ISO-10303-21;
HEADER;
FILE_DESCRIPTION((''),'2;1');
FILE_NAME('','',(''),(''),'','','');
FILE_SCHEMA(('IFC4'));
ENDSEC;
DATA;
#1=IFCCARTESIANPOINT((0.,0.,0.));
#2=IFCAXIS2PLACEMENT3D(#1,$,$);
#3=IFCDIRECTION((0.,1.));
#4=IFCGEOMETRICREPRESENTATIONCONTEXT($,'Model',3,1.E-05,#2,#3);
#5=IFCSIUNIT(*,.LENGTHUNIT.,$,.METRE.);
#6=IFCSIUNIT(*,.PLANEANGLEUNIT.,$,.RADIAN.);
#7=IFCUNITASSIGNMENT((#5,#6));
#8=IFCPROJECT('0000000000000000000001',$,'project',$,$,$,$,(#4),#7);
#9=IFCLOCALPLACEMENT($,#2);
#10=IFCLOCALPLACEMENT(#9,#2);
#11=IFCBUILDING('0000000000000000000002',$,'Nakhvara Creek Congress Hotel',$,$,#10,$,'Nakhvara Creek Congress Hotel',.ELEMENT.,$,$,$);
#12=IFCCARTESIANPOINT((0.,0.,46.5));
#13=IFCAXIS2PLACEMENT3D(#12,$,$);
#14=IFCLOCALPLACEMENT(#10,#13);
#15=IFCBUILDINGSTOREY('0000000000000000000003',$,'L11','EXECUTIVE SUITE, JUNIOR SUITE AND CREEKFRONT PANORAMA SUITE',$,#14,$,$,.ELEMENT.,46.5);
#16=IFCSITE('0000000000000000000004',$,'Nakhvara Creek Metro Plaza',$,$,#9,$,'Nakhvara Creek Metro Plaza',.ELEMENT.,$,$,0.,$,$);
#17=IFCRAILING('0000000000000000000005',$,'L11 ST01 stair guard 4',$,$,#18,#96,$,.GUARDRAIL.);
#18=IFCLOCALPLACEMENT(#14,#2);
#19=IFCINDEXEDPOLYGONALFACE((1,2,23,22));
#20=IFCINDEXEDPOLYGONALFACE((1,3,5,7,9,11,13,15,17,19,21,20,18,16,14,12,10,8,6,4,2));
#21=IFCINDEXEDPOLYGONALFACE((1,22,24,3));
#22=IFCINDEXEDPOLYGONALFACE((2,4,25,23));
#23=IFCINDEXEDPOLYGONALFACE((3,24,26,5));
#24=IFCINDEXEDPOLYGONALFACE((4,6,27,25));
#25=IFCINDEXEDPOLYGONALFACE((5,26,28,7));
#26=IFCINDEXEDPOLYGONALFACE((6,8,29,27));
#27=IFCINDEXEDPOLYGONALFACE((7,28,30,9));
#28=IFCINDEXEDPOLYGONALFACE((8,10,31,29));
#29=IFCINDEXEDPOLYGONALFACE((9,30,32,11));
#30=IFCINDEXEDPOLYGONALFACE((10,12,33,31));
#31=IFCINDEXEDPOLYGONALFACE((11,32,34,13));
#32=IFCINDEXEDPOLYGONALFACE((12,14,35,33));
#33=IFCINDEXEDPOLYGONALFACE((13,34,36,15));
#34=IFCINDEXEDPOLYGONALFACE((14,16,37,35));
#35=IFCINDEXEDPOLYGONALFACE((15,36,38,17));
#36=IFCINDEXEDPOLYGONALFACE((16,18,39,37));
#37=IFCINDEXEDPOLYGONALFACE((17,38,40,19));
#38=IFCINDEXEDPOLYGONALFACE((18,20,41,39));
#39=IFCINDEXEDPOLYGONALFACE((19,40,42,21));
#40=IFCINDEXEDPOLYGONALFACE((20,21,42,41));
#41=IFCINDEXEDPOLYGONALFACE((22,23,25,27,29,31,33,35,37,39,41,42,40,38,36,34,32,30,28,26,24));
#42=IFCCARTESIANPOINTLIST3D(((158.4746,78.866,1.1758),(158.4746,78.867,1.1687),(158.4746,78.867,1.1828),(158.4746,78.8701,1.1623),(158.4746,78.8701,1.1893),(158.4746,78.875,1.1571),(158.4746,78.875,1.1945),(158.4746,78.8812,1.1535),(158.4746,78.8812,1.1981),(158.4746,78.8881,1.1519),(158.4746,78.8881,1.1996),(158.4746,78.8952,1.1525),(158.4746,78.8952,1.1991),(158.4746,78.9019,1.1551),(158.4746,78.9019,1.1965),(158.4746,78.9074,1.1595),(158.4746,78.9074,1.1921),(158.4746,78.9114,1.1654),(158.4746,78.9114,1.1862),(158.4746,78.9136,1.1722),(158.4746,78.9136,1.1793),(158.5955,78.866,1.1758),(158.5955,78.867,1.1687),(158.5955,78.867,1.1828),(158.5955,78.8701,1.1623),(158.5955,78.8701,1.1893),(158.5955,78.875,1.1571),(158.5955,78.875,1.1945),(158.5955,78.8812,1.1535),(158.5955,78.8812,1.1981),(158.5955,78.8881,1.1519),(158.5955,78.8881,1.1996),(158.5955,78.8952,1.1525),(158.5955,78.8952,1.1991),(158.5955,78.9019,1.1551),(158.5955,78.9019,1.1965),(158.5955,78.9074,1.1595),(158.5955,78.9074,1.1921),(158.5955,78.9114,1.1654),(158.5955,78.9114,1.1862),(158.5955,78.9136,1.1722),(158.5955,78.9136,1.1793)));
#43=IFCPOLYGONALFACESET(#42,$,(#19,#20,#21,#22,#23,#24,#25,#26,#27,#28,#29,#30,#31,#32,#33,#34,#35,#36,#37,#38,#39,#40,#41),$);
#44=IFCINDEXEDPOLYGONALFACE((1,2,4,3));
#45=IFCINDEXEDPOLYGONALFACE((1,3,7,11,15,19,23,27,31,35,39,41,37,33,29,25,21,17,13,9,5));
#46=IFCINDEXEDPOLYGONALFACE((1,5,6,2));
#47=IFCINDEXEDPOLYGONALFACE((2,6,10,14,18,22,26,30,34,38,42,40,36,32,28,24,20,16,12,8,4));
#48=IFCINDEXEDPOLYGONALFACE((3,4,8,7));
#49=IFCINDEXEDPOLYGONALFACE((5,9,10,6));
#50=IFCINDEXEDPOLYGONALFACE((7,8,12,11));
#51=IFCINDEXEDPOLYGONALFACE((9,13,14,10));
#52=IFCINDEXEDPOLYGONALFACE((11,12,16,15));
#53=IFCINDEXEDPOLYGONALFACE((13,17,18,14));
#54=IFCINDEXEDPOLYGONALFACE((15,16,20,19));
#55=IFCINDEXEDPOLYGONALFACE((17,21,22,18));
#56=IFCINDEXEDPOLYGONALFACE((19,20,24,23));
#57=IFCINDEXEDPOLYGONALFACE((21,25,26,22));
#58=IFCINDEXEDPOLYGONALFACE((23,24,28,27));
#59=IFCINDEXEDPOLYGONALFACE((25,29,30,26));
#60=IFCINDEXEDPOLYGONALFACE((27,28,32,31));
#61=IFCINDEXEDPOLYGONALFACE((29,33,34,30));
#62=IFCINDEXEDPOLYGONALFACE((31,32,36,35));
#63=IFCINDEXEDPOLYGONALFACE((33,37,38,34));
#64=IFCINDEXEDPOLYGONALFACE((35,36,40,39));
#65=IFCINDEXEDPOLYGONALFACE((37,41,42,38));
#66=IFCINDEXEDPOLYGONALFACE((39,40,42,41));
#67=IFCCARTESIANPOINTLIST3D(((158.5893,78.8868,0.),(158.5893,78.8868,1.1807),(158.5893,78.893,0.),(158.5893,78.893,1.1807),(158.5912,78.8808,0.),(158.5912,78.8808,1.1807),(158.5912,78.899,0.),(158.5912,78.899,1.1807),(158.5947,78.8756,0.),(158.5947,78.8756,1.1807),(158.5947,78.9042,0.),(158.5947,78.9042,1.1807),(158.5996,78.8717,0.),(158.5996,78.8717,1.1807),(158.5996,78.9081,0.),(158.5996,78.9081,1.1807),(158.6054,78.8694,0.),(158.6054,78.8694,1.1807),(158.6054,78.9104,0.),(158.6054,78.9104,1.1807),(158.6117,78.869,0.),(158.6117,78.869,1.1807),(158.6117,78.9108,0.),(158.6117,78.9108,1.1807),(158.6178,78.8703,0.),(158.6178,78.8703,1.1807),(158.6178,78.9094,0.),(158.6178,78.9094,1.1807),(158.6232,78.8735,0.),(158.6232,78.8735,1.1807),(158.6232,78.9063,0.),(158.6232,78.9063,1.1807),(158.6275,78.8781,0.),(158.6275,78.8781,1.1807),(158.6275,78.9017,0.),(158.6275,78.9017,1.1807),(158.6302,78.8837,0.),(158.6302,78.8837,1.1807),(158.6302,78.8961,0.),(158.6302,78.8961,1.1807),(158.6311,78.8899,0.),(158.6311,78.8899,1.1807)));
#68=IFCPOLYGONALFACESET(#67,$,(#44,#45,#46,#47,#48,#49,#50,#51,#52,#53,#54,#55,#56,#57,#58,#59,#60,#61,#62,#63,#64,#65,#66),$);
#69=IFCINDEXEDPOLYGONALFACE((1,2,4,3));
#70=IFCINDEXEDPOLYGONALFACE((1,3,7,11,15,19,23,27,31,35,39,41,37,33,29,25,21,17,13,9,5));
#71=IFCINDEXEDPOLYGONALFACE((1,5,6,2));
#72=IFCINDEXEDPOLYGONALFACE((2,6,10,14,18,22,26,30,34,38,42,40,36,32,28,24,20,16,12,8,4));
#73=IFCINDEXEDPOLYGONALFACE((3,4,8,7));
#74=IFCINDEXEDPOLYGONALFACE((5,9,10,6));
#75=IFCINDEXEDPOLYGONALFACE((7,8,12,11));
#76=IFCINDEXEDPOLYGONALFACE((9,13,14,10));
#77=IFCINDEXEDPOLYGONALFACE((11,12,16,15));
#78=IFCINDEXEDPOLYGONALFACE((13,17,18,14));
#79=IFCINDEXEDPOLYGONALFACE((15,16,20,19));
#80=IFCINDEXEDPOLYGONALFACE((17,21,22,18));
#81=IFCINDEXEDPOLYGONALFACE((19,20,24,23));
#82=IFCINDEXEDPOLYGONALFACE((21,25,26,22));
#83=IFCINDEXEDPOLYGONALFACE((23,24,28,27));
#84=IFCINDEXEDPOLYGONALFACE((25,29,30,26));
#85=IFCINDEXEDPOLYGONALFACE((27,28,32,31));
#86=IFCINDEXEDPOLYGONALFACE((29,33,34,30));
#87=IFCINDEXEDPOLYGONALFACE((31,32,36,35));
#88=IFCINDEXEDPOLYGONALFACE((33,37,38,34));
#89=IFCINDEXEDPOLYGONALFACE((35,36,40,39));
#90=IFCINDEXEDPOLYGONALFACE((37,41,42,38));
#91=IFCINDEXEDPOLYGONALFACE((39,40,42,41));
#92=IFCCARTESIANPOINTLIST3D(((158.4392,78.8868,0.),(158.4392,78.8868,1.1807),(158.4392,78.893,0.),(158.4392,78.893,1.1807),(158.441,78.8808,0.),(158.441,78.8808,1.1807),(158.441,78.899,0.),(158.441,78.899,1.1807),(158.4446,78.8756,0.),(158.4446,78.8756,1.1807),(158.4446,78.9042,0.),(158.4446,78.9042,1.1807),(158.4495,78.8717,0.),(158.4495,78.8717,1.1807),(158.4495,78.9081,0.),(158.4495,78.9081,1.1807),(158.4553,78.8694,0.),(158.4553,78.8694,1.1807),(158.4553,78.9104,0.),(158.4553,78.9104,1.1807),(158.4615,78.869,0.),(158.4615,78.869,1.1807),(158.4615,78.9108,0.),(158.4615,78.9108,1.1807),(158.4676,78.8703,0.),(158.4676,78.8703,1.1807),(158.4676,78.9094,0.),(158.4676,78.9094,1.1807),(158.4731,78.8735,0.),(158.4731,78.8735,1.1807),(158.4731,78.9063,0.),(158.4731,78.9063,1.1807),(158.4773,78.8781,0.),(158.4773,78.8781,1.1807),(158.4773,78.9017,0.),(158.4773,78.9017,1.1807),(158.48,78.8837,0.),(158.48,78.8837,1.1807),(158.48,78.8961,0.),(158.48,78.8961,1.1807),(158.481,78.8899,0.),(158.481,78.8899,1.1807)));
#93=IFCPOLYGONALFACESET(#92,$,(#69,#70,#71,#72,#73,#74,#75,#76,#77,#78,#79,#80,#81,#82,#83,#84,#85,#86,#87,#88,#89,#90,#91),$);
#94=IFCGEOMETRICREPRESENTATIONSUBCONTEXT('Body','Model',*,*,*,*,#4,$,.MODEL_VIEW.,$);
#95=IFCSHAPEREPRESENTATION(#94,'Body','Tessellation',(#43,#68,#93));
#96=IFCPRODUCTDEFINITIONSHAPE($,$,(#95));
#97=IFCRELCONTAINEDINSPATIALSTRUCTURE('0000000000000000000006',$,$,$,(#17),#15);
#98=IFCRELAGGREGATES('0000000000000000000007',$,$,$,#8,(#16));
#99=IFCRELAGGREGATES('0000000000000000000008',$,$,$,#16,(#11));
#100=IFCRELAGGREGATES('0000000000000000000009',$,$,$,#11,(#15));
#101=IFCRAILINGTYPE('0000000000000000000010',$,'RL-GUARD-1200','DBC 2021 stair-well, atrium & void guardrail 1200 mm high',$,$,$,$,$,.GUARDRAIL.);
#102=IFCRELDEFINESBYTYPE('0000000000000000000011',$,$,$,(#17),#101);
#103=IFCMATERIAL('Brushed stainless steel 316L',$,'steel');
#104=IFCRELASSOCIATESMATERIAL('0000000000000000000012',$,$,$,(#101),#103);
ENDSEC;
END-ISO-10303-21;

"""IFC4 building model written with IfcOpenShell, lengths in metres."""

from ifc_helpers import new_model, si_unit, direction, frame, origin, origin_2d, place, context, subcontext, project, spatial, circle, extrude, material, type_object, element, save


model = new_model("IFC4")

# Units and contexts
model_context = context("Model", 3, precision=1e-05, world=origin(), true_north=direction((0.0, 1.0)))
body_context = subcontext(model_context, "Body", "Model", "MODEL_VIEW")
ifc_project = project(units=[si_unit("LENGTHUNIT", "METRE"), si_unit("PLANEANGLEUNIT", "RADIAN")], contexts=[model_context])

# Site, building, storey
site_placement = place(None, origin())
site = spatial("IfcSite", under=ifc_project, at=site_placement, Name="Nakhvara Creek Metro Plaza", LongName="Nakhvara Creek Metro Plaza", CompositionType="ELEMENT", RefElevation=0.0)
building_placement = place(site_placement, origin())
building = spatial("IfcBuilding", under=site, at=building_placement, Name="Nakhvara Creek Congress Hotel", LongName="Nakhvara Creek Congress Hotel", CompositionType="ELEMENT")
storey_placement = place(building_placement, frame((0.0, 0.0, 46.5)))
storey = spatial("IfcBuildingStorey", under=building, at=storey_placement, Name="L11", Description="EXECUTIVE SUITE, JUNIOR SUITE AND CREEKFRONT PANORAMA SUITE", CompositionType="ELEMENT", Elevation=46.5)

# Railing
ifc_material_1 = material(Name="Brushed stainless steel 316L", Category="steel")
railing_type_1 = type_object("IfcRailingType", Name="RL-GUARD-1200", Description="DBC 2021 stair-well, atrium & void guardrail 1200 mm high", PredefinedType="GUARDRAIL", material=ifc_material_1)
railing_1_placement = place(storey_placement, frame((158.6101, 78.8899, 0.0)))
element("IfcRailing", 1, at=railing_1_placement, inside=storey, type_object=railing_type_1, Name="L11 ST01 stair guard 4", PredefinedType="GUARDRAIL", context=body_context, shape_type="SweptSolid", body=[
    extrude(circle(Radius=0.0239, at=origin_2d()), frame((-0.0146, 0.0, 1.1758), z_axis=(-1.0, 0.0, 0.0), x_axis=(0.0, -1.0, 0.0)), (0.0, 0.0, 1.0), 0.1208),
    extrude(circle(Radius=0.021, at=origin_2d()), origin(), (0.0, 0.0, 1.0), 1.1807),
    extrude(circle(Radius=0.021, at=origin_2d()), frame((-0.1501, 0.0, 0.0)), (0.0, 0.0, 1.0), 1.1807),
])

save(model, "model.ifc")
